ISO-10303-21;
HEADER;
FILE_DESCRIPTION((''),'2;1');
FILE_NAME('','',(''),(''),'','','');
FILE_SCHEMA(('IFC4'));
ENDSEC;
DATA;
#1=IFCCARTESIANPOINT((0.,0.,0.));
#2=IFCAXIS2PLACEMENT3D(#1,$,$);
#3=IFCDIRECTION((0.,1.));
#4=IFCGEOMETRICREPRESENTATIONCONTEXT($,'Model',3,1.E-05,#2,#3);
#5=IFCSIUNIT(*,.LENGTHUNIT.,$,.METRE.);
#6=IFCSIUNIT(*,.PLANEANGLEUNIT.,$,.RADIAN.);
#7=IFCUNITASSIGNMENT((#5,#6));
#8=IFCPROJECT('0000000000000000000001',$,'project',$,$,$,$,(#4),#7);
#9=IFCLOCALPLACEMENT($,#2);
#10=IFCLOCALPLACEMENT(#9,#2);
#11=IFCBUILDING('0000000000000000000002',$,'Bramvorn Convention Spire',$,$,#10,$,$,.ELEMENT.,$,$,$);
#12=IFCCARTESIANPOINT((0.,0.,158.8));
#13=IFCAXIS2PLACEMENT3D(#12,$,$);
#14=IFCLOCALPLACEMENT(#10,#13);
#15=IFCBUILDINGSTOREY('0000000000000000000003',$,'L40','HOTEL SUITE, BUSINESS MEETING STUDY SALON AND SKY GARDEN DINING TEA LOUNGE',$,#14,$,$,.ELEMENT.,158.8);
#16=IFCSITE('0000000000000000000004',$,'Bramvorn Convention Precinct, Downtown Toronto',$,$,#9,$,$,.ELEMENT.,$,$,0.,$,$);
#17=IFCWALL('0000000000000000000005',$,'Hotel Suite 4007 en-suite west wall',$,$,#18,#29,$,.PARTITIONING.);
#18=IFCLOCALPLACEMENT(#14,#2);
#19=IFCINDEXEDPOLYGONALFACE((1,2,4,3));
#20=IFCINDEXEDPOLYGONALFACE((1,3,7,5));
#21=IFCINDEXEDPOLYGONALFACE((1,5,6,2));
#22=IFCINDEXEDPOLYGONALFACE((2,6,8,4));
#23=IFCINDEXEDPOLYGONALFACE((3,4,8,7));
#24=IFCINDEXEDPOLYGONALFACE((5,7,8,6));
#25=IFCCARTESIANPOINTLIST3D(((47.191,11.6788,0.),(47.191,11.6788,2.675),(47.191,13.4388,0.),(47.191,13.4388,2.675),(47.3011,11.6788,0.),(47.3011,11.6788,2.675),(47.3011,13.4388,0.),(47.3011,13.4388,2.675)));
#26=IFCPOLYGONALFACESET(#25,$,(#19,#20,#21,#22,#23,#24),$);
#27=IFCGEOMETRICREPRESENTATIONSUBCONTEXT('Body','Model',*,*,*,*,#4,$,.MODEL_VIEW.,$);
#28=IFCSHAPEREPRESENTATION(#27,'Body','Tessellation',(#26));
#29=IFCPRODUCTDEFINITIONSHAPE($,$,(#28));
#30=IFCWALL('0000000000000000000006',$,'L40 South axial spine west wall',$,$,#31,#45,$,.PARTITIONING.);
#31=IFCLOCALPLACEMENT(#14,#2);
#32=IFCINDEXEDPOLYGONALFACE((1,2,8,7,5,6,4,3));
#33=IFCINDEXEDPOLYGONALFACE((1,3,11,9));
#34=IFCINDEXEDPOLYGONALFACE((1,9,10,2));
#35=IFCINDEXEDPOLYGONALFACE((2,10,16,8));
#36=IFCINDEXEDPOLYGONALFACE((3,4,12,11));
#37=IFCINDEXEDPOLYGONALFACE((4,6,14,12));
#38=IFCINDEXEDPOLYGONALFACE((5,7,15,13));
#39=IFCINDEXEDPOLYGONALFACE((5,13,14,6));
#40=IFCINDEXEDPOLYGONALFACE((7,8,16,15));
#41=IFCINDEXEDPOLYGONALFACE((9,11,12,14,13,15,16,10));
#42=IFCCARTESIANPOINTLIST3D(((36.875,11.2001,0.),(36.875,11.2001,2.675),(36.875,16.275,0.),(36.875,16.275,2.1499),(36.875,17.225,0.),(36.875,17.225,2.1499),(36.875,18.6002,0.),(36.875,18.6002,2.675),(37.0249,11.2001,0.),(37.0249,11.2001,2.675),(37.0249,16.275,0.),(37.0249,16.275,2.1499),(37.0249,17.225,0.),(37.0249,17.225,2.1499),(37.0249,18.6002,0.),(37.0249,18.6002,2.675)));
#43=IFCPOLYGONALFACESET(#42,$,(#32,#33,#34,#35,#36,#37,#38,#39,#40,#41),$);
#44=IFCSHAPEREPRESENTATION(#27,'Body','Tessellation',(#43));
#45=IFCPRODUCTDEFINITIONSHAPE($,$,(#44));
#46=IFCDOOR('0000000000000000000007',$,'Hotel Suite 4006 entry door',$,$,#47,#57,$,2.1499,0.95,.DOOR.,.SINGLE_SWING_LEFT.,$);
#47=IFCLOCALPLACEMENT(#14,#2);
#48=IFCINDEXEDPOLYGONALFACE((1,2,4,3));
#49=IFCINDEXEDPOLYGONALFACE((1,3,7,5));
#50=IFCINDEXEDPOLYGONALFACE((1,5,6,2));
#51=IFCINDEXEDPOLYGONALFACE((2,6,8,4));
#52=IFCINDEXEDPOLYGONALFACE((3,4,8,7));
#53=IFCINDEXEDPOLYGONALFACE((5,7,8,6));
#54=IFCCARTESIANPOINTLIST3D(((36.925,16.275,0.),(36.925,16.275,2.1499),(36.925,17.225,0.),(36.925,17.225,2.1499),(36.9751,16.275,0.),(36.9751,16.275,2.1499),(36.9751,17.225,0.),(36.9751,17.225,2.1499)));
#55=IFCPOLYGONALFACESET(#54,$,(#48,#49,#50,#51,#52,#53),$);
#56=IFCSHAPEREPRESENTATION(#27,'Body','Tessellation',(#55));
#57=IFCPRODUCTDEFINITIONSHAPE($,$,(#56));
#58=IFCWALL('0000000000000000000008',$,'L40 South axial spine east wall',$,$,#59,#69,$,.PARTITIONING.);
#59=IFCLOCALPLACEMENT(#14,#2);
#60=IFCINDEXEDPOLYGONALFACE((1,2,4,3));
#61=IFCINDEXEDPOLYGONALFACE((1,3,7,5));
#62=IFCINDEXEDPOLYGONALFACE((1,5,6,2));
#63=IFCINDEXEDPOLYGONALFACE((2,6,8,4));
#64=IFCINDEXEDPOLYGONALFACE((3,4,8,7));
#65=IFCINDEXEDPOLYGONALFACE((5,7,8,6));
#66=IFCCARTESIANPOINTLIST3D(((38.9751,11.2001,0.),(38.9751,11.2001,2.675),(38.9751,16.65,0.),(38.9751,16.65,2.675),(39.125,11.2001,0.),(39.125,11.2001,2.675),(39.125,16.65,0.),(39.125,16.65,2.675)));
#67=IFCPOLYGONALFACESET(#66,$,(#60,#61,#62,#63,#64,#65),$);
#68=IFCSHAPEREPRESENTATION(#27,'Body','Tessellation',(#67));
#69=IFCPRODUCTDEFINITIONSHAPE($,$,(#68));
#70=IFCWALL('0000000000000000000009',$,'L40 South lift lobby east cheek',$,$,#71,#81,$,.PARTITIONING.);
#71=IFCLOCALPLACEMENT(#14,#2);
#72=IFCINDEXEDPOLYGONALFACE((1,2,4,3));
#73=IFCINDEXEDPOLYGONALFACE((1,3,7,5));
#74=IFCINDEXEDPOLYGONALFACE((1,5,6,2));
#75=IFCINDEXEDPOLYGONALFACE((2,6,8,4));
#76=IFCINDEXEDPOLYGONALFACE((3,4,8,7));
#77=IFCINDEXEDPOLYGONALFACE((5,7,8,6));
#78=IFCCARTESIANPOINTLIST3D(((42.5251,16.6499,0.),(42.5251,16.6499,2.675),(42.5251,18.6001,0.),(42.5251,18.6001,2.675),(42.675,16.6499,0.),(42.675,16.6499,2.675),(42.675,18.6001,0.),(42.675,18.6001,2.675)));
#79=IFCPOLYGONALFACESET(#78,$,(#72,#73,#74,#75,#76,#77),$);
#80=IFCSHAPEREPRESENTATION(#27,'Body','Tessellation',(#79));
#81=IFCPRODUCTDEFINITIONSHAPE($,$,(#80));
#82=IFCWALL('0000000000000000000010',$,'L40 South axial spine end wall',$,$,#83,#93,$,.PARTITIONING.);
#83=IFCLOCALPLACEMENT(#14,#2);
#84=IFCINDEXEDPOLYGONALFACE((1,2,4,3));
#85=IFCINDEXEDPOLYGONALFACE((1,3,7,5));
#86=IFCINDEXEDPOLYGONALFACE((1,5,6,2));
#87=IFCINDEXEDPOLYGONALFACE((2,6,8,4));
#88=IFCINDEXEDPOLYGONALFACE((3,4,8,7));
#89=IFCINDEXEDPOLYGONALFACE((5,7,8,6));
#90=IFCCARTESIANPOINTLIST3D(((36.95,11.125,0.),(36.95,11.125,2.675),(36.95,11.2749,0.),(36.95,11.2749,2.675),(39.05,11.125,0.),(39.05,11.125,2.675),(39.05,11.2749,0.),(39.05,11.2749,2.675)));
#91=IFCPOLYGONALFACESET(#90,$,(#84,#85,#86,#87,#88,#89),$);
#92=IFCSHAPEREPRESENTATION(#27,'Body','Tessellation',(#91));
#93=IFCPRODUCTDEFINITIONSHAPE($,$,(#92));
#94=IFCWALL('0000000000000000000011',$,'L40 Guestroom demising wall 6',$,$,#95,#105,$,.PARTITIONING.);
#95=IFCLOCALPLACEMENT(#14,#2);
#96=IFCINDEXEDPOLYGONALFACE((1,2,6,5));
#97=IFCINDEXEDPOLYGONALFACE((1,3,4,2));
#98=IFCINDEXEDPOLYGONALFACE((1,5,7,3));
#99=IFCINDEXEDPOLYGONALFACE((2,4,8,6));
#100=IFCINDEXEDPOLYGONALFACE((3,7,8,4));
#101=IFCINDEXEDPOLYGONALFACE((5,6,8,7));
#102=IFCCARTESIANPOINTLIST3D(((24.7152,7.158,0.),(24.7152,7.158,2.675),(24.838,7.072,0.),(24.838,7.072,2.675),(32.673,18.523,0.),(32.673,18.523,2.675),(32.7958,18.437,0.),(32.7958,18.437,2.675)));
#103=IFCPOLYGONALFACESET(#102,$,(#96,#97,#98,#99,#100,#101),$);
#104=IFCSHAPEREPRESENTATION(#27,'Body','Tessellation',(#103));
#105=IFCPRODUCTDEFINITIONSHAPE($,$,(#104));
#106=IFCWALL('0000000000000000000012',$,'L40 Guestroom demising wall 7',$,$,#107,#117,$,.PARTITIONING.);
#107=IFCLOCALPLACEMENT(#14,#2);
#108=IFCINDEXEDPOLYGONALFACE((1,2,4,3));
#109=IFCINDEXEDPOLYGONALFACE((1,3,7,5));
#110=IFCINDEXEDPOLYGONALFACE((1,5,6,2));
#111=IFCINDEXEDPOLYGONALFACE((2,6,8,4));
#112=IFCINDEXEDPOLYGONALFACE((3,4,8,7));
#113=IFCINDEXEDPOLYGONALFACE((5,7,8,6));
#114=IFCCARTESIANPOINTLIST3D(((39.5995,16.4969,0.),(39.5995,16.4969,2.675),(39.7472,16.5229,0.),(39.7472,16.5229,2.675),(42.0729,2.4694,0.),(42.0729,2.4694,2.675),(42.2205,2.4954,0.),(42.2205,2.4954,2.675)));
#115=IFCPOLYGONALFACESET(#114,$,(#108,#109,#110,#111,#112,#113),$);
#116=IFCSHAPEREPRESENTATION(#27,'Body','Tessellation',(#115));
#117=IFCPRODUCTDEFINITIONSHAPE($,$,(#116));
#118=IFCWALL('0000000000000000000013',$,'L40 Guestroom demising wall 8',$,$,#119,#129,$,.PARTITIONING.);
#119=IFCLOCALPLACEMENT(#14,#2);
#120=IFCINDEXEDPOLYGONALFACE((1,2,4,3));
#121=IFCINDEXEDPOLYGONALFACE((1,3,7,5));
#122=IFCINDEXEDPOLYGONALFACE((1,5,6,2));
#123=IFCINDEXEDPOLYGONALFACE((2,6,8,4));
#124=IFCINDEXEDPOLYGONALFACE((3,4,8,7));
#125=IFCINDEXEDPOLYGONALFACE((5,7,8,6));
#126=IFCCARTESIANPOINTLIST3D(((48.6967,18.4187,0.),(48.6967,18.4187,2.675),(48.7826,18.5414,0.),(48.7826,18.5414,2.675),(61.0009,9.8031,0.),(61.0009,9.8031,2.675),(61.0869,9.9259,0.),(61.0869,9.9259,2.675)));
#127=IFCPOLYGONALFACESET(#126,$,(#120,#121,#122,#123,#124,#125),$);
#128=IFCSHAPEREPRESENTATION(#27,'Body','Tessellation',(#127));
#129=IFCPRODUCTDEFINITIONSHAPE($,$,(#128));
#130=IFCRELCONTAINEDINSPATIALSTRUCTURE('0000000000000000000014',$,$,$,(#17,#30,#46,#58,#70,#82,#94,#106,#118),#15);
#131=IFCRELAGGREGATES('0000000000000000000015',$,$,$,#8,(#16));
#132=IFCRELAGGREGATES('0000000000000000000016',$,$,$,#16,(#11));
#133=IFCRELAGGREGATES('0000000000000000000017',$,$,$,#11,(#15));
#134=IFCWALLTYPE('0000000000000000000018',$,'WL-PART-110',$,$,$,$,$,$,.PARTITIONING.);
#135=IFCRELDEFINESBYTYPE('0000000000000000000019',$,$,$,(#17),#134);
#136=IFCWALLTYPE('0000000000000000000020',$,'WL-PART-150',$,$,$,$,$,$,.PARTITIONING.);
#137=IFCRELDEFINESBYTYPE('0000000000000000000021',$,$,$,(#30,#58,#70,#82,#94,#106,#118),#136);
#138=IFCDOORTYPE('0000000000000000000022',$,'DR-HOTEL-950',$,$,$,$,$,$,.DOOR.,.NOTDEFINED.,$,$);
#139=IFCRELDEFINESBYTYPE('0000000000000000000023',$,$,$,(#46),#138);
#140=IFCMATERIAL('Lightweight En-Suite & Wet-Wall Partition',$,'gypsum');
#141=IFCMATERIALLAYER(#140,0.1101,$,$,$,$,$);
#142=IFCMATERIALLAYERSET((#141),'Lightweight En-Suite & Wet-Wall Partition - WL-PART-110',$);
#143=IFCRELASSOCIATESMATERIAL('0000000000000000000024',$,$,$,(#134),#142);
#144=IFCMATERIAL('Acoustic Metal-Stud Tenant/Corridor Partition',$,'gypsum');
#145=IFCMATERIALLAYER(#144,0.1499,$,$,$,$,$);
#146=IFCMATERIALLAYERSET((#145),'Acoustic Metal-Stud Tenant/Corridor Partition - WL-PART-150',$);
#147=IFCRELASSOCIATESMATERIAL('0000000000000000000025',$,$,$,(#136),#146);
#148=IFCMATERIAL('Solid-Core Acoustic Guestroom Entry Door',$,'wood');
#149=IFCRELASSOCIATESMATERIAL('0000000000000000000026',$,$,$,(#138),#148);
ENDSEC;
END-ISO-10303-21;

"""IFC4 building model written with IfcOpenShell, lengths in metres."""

from ifc_helpers import new_model, si_unit, direction, frame, frame_2d, origin, place, context, subcontext, project, spatial, rectangle, extrude, material, layer, layer_set, type_object, element, fill, save


model = new_model("IFC4")

# Units and contexts
model_context = context("Model", 3, precision=1e-05, world=origin(), true_north=direction((0.0, 1.0)))
body_context = subcontext(model_context, "Body", "Model", "MODEL_VIEW")
ifc_project = project(units=[si_unit("LENGTHUNIT", "METRE"), si_unit("PLANEANGLEUNIT", "RADIAN")], contexts=[model_context])

# Site, building, storey
site_placement = place(None, origin())
site = spatial("IfcSite", under=ifc_project, at=site_placement, Name="Bramvorn Convention Precinct, Downtown Toronto", CompositionType="ELEMENT", RefElevation=0.0)
building_placement = place(site_placement, origin())
building = spatial("IfcBuilding", under=site, at=building_placement, Name="Bramvorn Convention Spire", CompositionType="ELEMENT")
storey_placement = place(building_placement, frame((0.0, 0.0, 158.8)))
storey = spatial("IfcBuildingStorey", under=building, at=storey_placement, Name="L40", Description="HOTEL SUITE, BUSINESS MEETING STUDY SALON AND SKY GARDEN DINING TEA LOUNGE", CompositionType="ELEMENT", Elevation=158.8)

# Shared definitions
ifc_material_1 = material(Name="Lightweight En-Suite & Wet-Wall Partition", Category="gypsum")
ifc_layer_1 = layer(ifc_material_1, 0.1101)
ifc_layer_set_1 = layer_set([ifc_layer_1], Name="Lightweight En-Suite & Wet-Wall Partition - WL-PART-110")
wall_type_1 = type_object("IfcWallType", Name="WL-PART-110", PredefinedType="PARTITIONING", material=ifc_layer_set_1)

# Wall
wall_1_placement = place(storey_placement, frame((47.2461, 11.679, 0.0), z_axis=(0.0, 0.0, 1.0), x_axis=(0.0, 1.0, 0.0)))
element("IfcWall", 1, at=wall_1_placement, inside=storey, type_object=wall_type_1, Name="Hotel Suite 4007 en-suite west wall", PredefinedType="PARTITIONING", context=body_context, shape_type="SweptSolid", body=[
    extrude(rectangle(XDim=1.76, YDim=0.1101, at=frame_2d((0.8799, 0.0))), origin(), (0.0, 0.0, 1.0), 2.675),
])

# Wall, opening, door
ifc_material_2 = material(Name="Acoustic Metal-Stud Tenant/Corridor Partition", Category="gypsum")
ifc_layer_2 = layer(ifc_material_2, 0.1499)
ifc_layer_set_2 = layer_set([ifc_layer_2], Name="Acoustic Metal-Stud Tenant/Corridor Partition - WL-PART-150")
wall_type_2 = type_object("IfcWallType", Name="WL-PART-150", PredefinedType="PARTITIONING", material=ifc_layer_set_2)
wall_2_placement = place(storey_placement, frame((36.95, 11.2, 0.0), z_axis=(0.0, 0.0, 1.0), x_axis=(0.0, 1.0, 0.0)))
wall_2 = element("IfcWall", 2, at=wall_2_placement, inside=storey, type_object=wall_type_2, Name="L40 South axial spine west wall", PredefinedType="PARTITIONING", context=body_context, shape_type="SweptSolid", body=[
    extrude(rectangle(XDim=7.4001, YDim=0.1499, at=frame_2d((3.7002, 0.0))), origin(), (0.0, 0.0, 1.0), 2.675),
])
opening_1_placement = place(wall_2_placement, frame((5.075, 0.0, 0.0)))
opening_1 = element("IfcOpeningElement", 3, at=opening_1_placement, cuts=wall_2, PredefinedType="OPENING", context=body_context, shape_type="SweptSolid", body=[
    extrude(rectangle(XDim=0.95, YDim=2.1499, at=frame_2d((0.4751, 1.075))), frame((0.0, 0.085, 0.0), z_axis=(0.0, -1.0, 0.0), x_axis=(1.0, 0.0, 0.0)), (0.0, 0.0, 1.0), 0.1699),
])
ifc_material_3 = material(Name="Solid-Core Acoustic Guestroom Entry Door", Category="wood")
door_type_1 = type_object("IfcDoorType", Name="DR-HOTEL-950", OperationType="NOTDEFINED", PredefinedType="DOOR", material=ifc_material_3)
door_1_placement = place(opening_1_placement, origin())
door_1 = element("IfcDoor", 4, at=door_1_placement, inside=storey, type_object=door_type_1, Name="Hotel Suite 4006 entry door", OperationType="SINGLE_SWING_LEFT", OverallHeight=2.1499, OverallWidth=0.95, PredefinedType="DOOR", context=body_context, shape_type="SweptSolid", body=[
    extrude(rectangle(XDim=0.95, YDim=2.1499, at=frame_2d((0.4751, 1.075))), frame((0.0, 0.0249, 0.0), z_axis=(0.0, -1.0, 0.0), x_axis=(1.0, 0.0, 0.0)), (0.0, 0.0, 1.0), 0.05),
])
fill(opening_1, door_1)

# Wall
wall_3_placement = place(storey_placement, frame((39.05, 11.2, 0.0), z_axis=(0.0, 0.0, 1.0), x_axis=(0.0, 1.0, 0.0)))
element("IfcWall", 5, at=wall_3_placement, inside=storey, type_object=wall_type_2, Name="L40 South axial spine east wall", PredefinedType="PARTITIONING", context=body_context, shape_type="SweptSolid", body=[
    extrude(rectangle(XDim=5.45, YDim=0.1499, at=frame_2d((2.7251, 0.0))), origin(), (0.0, 0.0, 1.0), 2.675),
])

# Walls
wall_4_placement = place(storey_placement, frame((42.6001, 16.6499, 0.0), z_axis=(0.0, 0.0, 1.0), x_axis=(0.0, 1.0, 0.0)))
element("IfcWall", 6, at=wall_4_placement, inside=storey, type_object=wall_type_2, Name="L40 South lift lobby east cheek", PredefinedType="PARTITIONING", context=body_context, shape_type="SweptSolid", body=[
    extrude(rectangle(XDim=1.9502, YDim=0.1499, at=frame_2d((0.9751, 0.0))), origin(), (0.0, 0.0, 1.0), 2.675),
])
wall_5_placement = place(storey_placement, frame((36.95, 11.2, 0.0), z_axis=(0.0, 0.0, 1.0), x_axis=(1.0, 0.0, 0.0)))
element("IfcWall", 7, at=wall_5_placement, inside=storey, type_object=wall_type_2, Name="L40 South axial spine end wall", PredefinedType="PARTITIONING", context=body_context, shape_type="SweptSolid", body=[
    extrude(rectangle(XDim=2.1001, YDim=0.1499, at=frame_2d((1.05, 0.0))), origin(), (0.0, 0.0, 1.0), 2.675),
])
wall_6_placement = place(storey_placement, frame((32.7344, 18.48, 0.0), z_axis=(0.0, 0.0, 1.0), x_axis=(-0.573572, -0.819155, 0.0)))
element("IfcWall", 8, at=wall_6_placement, inside=storey, type_object=wall_type_2, Name="L40 Guestroom demising wall 6", PredefinedType="PARTITIONING", context=body_context, shape_type="SweptSolid", body=[
    extrude(rectangle(XDim=13.874, YDim=0.1499, at=frame_2d((6.937, 0.0))), origin(), (0.0, 0.0, 1.0), 2.675),
])
wall_7_placement = place(storey_placement, frame((39.6733, 16.51, 0.0), z_axis=(0.0, 0.0, 1.0), x_axis=(0.173645, -0.984808, 0.0)))
element("IfcWall", 9, at=wall_7_placement, inside=storey, type_object=wall_type_2, Name="L40 Guestroom demising wall 7", PredefinedType="PARTITIONING", context=body_context, shape_type="SweptSolid", body=[
    extrude(rectangle(XDim=14.2439, YDim=0.1499, at=frame_2d((7.1221, 0.0))), origin(), (0.0, 0.0, 1.0), 2.675),
])
wall_8_placement = place(storey_placement, frame((48.7397, 18.48, 0.0), z_axis=(0.0, 0.0, 1.0), x_axis=(0.819152, -0.573576, 0.0)))
element("IfcWall", 10, at=wall_8_placement, inside=storey, type_object=wall_type_2, Name="L40 Guestroom demising wall 8", PredefinedType="PARTITIONING", context=body_context, shape_type="SweptSolid", body=[
    extrude(rectangle(XDim=15.0208, YDim=0.1499, at=frame_2d((7.5103, 0.0))), origin(), (0.0, 0.0, 1.0), 2.675),
])

save(model, "model.ifc")
